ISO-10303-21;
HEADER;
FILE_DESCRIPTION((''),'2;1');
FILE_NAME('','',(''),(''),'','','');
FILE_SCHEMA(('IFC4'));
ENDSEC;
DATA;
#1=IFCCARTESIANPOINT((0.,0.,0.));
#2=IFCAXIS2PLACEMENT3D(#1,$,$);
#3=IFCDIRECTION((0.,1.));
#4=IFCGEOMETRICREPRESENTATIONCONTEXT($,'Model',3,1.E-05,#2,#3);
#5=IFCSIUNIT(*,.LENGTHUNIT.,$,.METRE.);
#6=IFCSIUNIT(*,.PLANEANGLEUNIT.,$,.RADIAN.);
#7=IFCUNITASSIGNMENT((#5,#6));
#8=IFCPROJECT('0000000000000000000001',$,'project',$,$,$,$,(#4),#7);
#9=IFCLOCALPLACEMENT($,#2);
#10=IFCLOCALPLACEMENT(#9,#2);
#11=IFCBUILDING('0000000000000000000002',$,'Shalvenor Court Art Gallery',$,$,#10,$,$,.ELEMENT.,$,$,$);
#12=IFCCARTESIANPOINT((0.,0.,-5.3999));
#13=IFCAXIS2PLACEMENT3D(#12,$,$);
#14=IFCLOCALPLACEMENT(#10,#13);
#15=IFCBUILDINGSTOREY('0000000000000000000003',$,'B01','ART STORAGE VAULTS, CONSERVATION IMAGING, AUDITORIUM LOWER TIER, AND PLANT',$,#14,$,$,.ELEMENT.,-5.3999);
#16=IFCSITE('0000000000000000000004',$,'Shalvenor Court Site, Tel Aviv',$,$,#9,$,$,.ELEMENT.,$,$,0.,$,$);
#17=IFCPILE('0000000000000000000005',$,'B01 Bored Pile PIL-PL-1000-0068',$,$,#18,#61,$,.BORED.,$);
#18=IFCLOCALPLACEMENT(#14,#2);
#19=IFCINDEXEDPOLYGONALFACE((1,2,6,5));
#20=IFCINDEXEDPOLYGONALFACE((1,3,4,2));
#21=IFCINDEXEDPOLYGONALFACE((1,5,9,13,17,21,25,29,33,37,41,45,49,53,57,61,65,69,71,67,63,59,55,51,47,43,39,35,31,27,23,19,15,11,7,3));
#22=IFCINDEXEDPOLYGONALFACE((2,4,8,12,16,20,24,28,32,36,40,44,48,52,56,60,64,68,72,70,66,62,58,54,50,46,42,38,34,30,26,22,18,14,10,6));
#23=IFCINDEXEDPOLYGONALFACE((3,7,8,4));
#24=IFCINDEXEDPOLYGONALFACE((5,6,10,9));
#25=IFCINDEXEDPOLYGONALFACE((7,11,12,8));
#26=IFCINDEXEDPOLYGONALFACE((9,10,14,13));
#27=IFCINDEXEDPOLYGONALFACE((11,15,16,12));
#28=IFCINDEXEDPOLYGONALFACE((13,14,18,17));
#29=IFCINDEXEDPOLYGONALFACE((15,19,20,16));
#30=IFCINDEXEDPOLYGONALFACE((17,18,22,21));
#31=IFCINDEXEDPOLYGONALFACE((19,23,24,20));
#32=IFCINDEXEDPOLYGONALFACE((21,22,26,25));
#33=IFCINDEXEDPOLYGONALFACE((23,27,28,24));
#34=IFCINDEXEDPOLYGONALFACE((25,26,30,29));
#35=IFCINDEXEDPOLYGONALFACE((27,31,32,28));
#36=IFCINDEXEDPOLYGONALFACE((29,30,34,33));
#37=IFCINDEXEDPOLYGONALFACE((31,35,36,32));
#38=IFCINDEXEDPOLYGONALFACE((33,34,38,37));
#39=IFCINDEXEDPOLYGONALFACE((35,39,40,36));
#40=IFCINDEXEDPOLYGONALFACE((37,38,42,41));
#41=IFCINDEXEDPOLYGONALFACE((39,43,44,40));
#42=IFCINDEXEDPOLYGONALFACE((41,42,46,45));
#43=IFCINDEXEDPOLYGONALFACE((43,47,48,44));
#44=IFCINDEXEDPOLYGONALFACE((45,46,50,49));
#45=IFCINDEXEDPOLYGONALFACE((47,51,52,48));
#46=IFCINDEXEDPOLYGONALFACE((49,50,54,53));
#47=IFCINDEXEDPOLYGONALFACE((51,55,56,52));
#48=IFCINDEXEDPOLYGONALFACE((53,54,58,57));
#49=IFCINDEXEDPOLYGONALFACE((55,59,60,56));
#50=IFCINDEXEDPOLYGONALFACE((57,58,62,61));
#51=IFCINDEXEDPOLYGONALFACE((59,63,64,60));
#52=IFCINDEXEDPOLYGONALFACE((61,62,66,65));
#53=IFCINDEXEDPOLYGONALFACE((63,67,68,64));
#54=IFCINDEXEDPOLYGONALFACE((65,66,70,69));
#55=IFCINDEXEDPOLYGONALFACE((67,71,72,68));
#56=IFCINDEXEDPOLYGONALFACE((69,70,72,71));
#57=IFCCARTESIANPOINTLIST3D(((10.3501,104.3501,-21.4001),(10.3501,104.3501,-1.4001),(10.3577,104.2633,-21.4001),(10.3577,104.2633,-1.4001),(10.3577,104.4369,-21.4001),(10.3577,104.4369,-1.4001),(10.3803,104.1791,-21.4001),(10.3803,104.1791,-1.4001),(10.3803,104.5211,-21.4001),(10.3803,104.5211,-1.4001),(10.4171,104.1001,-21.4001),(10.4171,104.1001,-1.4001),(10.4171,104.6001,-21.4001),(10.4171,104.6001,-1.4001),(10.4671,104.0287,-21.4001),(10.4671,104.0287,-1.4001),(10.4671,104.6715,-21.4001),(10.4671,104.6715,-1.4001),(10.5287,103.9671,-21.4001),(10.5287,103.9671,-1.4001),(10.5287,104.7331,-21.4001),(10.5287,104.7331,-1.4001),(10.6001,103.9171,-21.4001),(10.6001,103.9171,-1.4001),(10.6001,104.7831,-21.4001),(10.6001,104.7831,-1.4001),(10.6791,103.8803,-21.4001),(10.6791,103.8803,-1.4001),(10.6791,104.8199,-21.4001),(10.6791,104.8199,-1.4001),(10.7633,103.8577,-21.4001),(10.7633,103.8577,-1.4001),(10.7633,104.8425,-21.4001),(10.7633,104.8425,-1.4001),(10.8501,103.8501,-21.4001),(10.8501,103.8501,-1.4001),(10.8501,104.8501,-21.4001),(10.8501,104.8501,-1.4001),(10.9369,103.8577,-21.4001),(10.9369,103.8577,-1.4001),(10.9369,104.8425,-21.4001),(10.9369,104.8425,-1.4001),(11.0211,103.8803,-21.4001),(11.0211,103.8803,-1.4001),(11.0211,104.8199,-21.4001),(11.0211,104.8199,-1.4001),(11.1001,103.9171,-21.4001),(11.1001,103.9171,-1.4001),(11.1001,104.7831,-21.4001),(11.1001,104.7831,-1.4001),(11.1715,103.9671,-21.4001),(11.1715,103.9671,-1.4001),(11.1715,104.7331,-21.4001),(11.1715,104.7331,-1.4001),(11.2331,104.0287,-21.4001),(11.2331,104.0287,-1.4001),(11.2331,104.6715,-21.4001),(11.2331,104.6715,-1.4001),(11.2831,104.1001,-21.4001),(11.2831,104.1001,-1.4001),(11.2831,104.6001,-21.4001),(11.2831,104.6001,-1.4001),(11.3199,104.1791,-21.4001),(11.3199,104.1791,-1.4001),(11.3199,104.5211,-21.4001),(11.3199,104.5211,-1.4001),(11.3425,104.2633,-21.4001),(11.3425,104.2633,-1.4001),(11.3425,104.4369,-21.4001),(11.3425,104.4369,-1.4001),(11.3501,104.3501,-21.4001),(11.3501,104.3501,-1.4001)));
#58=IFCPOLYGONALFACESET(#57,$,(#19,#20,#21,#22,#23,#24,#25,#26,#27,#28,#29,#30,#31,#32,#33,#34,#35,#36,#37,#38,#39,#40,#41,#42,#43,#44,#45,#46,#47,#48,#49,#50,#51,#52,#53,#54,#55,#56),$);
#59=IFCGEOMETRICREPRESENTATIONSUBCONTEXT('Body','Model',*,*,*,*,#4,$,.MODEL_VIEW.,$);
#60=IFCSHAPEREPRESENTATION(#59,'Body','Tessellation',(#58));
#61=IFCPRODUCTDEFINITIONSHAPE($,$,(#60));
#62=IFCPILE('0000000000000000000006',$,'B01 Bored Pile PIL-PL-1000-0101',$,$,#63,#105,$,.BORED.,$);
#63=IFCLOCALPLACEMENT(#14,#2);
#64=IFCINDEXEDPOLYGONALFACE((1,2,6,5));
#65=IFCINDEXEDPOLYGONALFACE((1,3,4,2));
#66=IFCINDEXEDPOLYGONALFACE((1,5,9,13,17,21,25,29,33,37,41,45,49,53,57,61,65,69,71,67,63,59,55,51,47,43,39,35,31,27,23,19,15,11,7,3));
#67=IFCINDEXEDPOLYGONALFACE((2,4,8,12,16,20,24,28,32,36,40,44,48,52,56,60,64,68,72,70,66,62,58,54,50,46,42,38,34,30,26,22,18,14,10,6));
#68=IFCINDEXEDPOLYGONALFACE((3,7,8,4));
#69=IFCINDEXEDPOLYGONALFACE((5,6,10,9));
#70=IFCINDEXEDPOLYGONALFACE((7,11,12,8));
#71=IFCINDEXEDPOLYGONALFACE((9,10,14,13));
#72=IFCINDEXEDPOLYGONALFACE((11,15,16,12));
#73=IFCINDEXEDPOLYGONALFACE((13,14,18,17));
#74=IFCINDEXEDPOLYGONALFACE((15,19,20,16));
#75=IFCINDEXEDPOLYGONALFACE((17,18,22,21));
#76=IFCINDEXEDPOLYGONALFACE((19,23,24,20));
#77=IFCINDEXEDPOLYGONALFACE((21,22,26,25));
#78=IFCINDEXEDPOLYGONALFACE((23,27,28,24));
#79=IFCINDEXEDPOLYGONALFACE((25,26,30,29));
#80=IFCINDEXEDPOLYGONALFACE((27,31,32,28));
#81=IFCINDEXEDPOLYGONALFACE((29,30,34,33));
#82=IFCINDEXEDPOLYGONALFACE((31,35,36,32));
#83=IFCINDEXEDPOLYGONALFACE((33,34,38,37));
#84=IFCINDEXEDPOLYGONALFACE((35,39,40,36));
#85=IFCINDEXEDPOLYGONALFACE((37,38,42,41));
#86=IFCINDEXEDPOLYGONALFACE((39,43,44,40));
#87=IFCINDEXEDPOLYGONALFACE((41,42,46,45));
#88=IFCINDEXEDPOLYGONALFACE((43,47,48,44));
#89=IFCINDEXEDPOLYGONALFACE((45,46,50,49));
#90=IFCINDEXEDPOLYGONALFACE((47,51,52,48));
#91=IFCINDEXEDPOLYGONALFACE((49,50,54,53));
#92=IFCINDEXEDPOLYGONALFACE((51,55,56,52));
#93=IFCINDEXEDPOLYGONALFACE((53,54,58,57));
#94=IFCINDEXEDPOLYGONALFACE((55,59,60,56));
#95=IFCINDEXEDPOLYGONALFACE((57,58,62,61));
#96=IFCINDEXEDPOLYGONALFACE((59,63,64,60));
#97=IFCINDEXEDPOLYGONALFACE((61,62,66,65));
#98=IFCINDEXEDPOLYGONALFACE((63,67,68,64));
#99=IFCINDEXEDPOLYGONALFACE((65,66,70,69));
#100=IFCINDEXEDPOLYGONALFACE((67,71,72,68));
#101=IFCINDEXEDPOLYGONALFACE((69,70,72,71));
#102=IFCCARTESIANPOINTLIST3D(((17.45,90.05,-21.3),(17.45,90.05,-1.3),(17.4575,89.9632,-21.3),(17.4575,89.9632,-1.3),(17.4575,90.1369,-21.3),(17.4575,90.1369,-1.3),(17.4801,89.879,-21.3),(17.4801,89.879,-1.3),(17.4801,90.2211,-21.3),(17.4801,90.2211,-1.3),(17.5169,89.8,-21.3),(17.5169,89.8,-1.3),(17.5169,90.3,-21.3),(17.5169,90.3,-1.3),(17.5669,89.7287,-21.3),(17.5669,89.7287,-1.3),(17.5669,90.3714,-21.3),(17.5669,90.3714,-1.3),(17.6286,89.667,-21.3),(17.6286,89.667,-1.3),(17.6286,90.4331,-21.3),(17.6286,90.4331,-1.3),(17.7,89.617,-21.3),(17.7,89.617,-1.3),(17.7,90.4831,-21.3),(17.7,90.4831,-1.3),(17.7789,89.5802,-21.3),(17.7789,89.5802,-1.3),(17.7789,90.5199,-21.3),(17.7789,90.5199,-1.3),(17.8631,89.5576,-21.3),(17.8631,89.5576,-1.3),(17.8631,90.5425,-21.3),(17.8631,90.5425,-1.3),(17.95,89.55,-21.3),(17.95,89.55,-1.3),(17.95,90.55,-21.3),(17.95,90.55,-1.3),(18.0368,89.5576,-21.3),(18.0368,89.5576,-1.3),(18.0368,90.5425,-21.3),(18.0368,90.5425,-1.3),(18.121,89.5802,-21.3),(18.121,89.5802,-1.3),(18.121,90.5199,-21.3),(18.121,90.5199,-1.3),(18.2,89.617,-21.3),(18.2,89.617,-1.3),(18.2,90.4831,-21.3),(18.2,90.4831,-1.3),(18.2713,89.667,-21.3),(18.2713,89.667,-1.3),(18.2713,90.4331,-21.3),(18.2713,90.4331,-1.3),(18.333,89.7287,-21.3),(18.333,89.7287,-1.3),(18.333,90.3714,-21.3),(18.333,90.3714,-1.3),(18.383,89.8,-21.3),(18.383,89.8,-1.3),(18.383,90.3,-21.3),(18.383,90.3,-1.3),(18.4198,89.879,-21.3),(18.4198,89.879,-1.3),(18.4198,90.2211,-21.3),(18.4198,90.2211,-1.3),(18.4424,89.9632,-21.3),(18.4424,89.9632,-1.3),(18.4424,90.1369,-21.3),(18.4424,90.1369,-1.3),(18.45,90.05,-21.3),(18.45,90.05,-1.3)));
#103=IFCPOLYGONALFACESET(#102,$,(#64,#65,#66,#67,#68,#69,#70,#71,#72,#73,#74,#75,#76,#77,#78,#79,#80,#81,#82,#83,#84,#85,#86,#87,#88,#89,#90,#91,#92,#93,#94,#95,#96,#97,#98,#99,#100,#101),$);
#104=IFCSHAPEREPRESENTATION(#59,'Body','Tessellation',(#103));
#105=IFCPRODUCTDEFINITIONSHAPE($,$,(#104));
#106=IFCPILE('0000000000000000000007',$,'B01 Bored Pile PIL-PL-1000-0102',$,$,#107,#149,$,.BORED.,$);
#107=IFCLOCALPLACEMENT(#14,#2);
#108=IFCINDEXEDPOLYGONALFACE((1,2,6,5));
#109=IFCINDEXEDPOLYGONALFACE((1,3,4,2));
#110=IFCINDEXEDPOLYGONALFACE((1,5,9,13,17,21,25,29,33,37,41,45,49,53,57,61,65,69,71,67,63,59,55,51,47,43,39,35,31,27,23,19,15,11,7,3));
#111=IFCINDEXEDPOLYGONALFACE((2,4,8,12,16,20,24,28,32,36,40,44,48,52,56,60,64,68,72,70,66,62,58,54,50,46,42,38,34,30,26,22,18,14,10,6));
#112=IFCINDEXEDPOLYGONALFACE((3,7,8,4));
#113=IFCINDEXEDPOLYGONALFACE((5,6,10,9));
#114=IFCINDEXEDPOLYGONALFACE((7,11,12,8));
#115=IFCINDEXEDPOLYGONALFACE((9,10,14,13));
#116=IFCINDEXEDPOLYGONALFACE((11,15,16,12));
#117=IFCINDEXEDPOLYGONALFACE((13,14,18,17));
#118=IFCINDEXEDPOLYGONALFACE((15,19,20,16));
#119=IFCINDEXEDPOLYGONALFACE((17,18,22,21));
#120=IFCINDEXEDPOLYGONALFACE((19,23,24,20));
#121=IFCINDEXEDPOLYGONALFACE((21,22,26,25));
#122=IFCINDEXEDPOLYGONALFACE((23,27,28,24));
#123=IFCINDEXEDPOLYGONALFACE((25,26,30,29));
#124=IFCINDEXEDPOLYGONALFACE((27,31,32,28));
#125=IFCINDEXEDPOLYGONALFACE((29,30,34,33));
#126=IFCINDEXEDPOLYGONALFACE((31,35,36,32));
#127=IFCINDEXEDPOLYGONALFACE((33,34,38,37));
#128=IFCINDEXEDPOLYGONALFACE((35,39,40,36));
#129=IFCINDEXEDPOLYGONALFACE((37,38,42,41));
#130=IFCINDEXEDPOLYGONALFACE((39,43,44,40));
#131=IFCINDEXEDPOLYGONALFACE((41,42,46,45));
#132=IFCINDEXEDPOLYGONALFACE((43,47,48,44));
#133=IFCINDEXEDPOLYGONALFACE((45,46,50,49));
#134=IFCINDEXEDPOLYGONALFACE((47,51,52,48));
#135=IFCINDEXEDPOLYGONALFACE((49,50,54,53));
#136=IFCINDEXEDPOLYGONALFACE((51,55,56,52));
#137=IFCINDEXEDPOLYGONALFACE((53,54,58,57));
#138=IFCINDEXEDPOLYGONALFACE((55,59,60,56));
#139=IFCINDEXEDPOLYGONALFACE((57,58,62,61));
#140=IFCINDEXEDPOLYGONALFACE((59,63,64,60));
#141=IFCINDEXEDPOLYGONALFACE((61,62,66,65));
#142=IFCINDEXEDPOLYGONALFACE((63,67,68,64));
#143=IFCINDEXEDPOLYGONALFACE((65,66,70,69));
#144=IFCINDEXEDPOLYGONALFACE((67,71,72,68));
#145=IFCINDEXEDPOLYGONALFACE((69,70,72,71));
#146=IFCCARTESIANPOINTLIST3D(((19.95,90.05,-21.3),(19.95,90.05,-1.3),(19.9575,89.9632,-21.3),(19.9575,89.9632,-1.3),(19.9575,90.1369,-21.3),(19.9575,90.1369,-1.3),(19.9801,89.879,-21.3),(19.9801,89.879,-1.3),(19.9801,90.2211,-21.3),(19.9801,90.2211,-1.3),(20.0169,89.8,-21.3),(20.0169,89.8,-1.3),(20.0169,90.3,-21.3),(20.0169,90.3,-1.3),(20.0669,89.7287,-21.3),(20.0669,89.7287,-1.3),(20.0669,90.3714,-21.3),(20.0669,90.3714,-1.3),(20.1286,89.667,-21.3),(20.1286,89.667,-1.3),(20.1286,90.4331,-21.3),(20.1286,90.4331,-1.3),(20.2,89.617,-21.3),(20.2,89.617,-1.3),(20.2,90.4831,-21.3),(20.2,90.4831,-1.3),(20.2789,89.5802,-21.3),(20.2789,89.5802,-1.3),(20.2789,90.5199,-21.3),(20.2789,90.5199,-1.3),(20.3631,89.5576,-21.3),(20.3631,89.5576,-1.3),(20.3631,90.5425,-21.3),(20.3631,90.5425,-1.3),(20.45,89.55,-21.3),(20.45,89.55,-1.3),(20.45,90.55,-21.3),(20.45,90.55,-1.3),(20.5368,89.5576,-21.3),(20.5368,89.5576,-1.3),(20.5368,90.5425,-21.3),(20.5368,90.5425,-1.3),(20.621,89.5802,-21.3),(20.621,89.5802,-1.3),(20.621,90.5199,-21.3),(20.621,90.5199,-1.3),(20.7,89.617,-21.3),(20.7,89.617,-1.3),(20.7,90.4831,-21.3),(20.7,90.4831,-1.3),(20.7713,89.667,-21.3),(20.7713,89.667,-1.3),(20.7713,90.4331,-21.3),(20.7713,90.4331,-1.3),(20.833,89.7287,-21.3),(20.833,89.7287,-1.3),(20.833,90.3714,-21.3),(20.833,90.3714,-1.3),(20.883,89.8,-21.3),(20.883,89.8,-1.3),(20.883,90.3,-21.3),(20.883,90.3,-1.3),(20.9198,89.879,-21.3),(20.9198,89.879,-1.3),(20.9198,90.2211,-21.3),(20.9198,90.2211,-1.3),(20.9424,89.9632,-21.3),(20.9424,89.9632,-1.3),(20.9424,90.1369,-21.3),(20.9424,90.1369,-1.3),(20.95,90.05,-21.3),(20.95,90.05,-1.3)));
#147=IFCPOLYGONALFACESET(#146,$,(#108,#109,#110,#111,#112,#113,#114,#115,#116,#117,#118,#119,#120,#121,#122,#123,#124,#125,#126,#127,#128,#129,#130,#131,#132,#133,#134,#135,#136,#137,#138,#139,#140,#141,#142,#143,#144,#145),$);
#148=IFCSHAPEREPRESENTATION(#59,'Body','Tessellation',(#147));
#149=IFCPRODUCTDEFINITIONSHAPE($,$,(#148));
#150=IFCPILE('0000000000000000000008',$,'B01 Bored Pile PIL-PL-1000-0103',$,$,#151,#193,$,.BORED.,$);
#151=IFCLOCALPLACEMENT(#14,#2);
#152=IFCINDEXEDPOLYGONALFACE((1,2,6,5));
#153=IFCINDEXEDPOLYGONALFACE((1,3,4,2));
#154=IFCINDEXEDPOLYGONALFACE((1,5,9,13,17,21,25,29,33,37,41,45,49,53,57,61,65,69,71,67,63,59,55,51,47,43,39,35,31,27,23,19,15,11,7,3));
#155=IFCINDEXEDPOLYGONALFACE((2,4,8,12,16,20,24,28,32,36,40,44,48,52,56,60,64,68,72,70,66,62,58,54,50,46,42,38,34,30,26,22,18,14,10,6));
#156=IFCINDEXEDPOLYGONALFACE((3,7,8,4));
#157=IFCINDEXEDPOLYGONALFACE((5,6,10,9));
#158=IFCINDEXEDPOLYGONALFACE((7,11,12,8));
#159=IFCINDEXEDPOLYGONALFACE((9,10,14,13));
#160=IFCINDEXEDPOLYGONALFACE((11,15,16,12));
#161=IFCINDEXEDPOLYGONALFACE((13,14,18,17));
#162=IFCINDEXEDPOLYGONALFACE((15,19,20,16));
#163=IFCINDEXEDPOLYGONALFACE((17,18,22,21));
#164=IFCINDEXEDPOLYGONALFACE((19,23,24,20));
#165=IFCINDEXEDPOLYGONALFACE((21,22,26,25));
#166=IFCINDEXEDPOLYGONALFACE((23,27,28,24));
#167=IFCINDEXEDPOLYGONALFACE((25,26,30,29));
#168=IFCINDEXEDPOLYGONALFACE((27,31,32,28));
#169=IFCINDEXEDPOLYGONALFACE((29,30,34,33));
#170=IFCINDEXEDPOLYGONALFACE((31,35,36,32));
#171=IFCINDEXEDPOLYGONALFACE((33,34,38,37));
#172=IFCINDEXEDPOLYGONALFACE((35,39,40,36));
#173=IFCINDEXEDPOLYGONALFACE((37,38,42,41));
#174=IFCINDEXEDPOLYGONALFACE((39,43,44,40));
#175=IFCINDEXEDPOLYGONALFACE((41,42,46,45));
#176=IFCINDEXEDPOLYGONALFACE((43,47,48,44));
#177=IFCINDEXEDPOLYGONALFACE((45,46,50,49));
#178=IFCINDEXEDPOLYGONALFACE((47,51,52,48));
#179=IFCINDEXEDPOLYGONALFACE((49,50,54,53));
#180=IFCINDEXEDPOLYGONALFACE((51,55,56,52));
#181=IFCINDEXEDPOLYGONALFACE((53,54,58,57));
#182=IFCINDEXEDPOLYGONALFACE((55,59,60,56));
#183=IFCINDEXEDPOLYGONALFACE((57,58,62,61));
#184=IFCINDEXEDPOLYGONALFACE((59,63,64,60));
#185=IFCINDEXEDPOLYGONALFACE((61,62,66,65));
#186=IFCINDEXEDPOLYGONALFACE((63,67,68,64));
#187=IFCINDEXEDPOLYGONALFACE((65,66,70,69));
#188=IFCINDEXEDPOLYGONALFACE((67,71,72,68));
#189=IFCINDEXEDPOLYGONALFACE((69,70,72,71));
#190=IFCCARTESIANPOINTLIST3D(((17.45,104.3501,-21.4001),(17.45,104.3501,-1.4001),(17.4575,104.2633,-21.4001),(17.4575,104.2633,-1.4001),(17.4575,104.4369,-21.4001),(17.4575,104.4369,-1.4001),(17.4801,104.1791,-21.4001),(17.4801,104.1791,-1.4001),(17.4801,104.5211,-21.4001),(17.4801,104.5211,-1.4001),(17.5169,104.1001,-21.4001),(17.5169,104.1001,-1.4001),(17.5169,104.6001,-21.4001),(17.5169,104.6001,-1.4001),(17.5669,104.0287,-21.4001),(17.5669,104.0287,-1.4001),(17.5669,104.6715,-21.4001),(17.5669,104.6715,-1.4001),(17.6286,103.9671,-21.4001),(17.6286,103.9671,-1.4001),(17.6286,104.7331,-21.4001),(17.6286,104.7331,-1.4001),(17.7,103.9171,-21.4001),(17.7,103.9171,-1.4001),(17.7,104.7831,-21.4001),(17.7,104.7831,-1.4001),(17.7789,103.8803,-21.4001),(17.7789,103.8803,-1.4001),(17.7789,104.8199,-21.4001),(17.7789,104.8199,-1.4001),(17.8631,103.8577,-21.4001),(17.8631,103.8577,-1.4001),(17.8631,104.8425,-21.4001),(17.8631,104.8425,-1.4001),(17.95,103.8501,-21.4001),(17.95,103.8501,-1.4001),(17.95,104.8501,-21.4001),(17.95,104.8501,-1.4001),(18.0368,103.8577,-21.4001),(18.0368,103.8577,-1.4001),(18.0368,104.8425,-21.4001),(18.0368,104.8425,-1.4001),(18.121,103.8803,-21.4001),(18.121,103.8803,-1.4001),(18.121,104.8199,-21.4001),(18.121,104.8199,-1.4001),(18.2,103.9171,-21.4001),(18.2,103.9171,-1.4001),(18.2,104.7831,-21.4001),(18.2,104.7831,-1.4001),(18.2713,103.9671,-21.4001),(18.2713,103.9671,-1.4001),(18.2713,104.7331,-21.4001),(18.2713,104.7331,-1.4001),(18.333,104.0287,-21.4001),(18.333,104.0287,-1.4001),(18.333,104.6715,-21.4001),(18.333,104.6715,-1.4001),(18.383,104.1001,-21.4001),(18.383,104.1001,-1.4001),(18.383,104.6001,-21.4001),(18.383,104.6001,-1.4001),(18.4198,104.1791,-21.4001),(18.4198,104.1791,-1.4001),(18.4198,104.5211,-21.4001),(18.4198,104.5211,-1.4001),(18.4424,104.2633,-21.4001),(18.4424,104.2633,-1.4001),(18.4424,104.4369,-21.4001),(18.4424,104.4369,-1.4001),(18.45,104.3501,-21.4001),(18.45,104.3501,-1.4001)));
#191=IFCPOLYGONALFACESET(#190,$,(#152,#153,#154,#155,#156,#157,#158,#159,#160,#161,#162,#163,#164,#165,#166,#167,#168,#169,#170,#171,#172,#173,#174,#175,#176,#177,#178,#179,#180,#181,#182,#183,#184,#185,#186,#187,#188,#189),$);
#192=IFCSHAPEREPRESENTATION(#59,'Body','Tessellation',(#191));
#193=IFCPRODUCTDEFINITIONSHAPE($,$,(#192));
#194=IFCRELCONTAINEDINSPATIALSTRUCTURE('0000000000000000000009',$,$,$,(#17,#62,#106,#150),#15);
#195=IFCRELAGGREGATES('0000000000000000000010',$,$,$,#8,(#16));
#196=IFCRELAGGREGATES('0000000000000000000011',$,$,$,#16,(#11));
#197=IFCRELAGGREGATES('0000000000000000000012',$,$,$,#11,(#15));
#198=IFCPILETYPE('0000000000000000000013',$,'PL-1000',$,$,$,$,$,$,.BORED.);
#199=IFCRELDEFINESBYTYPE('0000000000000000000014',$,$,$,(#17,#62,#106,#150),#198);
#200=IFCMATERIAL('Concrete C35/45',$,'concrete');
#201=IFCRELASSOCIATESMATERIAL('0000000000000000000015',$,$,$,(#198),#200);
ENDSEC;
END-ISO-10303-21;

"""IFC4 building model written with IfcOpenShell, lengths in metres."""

from ifc_helpers import new_model, si_unit, direction, frame, origin, origin_2d, place, context, subcontext, project, spatial, circle, extrude, material, material_profile, profile_set, type_object, element, save


model = new_model("IFC4")

# Units and contexts
model_context = context("Model", 3, precision=1e-05, world=origin(), true_north=direction((0.0, 1.0)))
body_context = subcontext(model_context, "Body", "Model", "MODEL_VIEW")
ifc_project = project(units=[si_unit("LENGTHUNIT", "METRE"), si_unit("PLANEANGLEUNIT", "RADIAN")], contexts=[model_context])

# Site, building, storey
site_placement = place(None, origin())
site = spatial("IfcSite", under=ifc_project, at=site_placement, Name="Shalvenor Court Site, Tel Aviv", CompositionType="ELEMENT", RefElevation=0.0)
building_placement = place(site_placement, origin())
building = spatial("IfcBuilding", under=site, at=building_placement, Name="Shalvenor Court Art Gallery", CompositionType="ELEMENT")
storey_placement = place(building_placement, frame((0.0, 0.0, -5.3999)))
storey = spatial("IfcBuildingStorey", under=building, at=storey_placement, Name="B01", Description="ART STORAGE VAULTS, CONSERVATION IMAGING, AUDITORIUM LOWER TIER, AND PLANT", CompositionType="ELEMENT", Elevation=-5.3999)

# Piles
ifc_material_1 = material(Name="Concrete C35/45", Category="concrete")
ifc_material_profile_1 = material_profile(ifc_material_1, circle(Radius=0.5, at=origin_2d()), Name="PILE 1000")
ifc_profile_set_1 = profile_set([ifc_material_profile_1], Name="Concrete C35/45")
pile_type_1 = type_object("IfcPileType", Name="PL-1000", PredefinedType="BORED", material=ifc_profile_set_1)
for number, where, z_axis, x_axis, name in (
    (1, (10.8501, 104.3501, -1.4001), (0.0, 0.0, -1.0), (1.0, 0.0, 0.0), "B01 Bored Pile PIL-PL-1000-0068"),
    (2, (17.95, 90.05, -1.3), (0.0, 0.0, -1.0), (1.0, 0.0, 0.0), "B01 Bored Pile PIL-PL-1000-0101"),
    (3, (20.45, 90.05, -1.3), (0.0, 0.0, -1.0), (1.0, 0.0, 0.0), "B01 Bored Pile PIL-PL-1000-0102"),
    (4, (17.95, 104.3501, -1.4001), (0.0, 0.0, -1.0), (1.0, 0.0, 0.0), "B01 Bored Pile PIL-PL-1000-0103"),
):
    element("IfcPile", number, at=place(storey_placement, frame(where, z_axis=z_axis, x_axis=x_axis)), inside=storey, type_object=pile_type_1, Name=name, PredefinedType="BORED", context=body_context, shape_type="SweptSolid", body=[
        extrude(circle(Radius=0.5, at=origin_2d()), origin(), (0.0, 0.0, 1.0), 20.0),
    ])

save(model, "model.ifc")
